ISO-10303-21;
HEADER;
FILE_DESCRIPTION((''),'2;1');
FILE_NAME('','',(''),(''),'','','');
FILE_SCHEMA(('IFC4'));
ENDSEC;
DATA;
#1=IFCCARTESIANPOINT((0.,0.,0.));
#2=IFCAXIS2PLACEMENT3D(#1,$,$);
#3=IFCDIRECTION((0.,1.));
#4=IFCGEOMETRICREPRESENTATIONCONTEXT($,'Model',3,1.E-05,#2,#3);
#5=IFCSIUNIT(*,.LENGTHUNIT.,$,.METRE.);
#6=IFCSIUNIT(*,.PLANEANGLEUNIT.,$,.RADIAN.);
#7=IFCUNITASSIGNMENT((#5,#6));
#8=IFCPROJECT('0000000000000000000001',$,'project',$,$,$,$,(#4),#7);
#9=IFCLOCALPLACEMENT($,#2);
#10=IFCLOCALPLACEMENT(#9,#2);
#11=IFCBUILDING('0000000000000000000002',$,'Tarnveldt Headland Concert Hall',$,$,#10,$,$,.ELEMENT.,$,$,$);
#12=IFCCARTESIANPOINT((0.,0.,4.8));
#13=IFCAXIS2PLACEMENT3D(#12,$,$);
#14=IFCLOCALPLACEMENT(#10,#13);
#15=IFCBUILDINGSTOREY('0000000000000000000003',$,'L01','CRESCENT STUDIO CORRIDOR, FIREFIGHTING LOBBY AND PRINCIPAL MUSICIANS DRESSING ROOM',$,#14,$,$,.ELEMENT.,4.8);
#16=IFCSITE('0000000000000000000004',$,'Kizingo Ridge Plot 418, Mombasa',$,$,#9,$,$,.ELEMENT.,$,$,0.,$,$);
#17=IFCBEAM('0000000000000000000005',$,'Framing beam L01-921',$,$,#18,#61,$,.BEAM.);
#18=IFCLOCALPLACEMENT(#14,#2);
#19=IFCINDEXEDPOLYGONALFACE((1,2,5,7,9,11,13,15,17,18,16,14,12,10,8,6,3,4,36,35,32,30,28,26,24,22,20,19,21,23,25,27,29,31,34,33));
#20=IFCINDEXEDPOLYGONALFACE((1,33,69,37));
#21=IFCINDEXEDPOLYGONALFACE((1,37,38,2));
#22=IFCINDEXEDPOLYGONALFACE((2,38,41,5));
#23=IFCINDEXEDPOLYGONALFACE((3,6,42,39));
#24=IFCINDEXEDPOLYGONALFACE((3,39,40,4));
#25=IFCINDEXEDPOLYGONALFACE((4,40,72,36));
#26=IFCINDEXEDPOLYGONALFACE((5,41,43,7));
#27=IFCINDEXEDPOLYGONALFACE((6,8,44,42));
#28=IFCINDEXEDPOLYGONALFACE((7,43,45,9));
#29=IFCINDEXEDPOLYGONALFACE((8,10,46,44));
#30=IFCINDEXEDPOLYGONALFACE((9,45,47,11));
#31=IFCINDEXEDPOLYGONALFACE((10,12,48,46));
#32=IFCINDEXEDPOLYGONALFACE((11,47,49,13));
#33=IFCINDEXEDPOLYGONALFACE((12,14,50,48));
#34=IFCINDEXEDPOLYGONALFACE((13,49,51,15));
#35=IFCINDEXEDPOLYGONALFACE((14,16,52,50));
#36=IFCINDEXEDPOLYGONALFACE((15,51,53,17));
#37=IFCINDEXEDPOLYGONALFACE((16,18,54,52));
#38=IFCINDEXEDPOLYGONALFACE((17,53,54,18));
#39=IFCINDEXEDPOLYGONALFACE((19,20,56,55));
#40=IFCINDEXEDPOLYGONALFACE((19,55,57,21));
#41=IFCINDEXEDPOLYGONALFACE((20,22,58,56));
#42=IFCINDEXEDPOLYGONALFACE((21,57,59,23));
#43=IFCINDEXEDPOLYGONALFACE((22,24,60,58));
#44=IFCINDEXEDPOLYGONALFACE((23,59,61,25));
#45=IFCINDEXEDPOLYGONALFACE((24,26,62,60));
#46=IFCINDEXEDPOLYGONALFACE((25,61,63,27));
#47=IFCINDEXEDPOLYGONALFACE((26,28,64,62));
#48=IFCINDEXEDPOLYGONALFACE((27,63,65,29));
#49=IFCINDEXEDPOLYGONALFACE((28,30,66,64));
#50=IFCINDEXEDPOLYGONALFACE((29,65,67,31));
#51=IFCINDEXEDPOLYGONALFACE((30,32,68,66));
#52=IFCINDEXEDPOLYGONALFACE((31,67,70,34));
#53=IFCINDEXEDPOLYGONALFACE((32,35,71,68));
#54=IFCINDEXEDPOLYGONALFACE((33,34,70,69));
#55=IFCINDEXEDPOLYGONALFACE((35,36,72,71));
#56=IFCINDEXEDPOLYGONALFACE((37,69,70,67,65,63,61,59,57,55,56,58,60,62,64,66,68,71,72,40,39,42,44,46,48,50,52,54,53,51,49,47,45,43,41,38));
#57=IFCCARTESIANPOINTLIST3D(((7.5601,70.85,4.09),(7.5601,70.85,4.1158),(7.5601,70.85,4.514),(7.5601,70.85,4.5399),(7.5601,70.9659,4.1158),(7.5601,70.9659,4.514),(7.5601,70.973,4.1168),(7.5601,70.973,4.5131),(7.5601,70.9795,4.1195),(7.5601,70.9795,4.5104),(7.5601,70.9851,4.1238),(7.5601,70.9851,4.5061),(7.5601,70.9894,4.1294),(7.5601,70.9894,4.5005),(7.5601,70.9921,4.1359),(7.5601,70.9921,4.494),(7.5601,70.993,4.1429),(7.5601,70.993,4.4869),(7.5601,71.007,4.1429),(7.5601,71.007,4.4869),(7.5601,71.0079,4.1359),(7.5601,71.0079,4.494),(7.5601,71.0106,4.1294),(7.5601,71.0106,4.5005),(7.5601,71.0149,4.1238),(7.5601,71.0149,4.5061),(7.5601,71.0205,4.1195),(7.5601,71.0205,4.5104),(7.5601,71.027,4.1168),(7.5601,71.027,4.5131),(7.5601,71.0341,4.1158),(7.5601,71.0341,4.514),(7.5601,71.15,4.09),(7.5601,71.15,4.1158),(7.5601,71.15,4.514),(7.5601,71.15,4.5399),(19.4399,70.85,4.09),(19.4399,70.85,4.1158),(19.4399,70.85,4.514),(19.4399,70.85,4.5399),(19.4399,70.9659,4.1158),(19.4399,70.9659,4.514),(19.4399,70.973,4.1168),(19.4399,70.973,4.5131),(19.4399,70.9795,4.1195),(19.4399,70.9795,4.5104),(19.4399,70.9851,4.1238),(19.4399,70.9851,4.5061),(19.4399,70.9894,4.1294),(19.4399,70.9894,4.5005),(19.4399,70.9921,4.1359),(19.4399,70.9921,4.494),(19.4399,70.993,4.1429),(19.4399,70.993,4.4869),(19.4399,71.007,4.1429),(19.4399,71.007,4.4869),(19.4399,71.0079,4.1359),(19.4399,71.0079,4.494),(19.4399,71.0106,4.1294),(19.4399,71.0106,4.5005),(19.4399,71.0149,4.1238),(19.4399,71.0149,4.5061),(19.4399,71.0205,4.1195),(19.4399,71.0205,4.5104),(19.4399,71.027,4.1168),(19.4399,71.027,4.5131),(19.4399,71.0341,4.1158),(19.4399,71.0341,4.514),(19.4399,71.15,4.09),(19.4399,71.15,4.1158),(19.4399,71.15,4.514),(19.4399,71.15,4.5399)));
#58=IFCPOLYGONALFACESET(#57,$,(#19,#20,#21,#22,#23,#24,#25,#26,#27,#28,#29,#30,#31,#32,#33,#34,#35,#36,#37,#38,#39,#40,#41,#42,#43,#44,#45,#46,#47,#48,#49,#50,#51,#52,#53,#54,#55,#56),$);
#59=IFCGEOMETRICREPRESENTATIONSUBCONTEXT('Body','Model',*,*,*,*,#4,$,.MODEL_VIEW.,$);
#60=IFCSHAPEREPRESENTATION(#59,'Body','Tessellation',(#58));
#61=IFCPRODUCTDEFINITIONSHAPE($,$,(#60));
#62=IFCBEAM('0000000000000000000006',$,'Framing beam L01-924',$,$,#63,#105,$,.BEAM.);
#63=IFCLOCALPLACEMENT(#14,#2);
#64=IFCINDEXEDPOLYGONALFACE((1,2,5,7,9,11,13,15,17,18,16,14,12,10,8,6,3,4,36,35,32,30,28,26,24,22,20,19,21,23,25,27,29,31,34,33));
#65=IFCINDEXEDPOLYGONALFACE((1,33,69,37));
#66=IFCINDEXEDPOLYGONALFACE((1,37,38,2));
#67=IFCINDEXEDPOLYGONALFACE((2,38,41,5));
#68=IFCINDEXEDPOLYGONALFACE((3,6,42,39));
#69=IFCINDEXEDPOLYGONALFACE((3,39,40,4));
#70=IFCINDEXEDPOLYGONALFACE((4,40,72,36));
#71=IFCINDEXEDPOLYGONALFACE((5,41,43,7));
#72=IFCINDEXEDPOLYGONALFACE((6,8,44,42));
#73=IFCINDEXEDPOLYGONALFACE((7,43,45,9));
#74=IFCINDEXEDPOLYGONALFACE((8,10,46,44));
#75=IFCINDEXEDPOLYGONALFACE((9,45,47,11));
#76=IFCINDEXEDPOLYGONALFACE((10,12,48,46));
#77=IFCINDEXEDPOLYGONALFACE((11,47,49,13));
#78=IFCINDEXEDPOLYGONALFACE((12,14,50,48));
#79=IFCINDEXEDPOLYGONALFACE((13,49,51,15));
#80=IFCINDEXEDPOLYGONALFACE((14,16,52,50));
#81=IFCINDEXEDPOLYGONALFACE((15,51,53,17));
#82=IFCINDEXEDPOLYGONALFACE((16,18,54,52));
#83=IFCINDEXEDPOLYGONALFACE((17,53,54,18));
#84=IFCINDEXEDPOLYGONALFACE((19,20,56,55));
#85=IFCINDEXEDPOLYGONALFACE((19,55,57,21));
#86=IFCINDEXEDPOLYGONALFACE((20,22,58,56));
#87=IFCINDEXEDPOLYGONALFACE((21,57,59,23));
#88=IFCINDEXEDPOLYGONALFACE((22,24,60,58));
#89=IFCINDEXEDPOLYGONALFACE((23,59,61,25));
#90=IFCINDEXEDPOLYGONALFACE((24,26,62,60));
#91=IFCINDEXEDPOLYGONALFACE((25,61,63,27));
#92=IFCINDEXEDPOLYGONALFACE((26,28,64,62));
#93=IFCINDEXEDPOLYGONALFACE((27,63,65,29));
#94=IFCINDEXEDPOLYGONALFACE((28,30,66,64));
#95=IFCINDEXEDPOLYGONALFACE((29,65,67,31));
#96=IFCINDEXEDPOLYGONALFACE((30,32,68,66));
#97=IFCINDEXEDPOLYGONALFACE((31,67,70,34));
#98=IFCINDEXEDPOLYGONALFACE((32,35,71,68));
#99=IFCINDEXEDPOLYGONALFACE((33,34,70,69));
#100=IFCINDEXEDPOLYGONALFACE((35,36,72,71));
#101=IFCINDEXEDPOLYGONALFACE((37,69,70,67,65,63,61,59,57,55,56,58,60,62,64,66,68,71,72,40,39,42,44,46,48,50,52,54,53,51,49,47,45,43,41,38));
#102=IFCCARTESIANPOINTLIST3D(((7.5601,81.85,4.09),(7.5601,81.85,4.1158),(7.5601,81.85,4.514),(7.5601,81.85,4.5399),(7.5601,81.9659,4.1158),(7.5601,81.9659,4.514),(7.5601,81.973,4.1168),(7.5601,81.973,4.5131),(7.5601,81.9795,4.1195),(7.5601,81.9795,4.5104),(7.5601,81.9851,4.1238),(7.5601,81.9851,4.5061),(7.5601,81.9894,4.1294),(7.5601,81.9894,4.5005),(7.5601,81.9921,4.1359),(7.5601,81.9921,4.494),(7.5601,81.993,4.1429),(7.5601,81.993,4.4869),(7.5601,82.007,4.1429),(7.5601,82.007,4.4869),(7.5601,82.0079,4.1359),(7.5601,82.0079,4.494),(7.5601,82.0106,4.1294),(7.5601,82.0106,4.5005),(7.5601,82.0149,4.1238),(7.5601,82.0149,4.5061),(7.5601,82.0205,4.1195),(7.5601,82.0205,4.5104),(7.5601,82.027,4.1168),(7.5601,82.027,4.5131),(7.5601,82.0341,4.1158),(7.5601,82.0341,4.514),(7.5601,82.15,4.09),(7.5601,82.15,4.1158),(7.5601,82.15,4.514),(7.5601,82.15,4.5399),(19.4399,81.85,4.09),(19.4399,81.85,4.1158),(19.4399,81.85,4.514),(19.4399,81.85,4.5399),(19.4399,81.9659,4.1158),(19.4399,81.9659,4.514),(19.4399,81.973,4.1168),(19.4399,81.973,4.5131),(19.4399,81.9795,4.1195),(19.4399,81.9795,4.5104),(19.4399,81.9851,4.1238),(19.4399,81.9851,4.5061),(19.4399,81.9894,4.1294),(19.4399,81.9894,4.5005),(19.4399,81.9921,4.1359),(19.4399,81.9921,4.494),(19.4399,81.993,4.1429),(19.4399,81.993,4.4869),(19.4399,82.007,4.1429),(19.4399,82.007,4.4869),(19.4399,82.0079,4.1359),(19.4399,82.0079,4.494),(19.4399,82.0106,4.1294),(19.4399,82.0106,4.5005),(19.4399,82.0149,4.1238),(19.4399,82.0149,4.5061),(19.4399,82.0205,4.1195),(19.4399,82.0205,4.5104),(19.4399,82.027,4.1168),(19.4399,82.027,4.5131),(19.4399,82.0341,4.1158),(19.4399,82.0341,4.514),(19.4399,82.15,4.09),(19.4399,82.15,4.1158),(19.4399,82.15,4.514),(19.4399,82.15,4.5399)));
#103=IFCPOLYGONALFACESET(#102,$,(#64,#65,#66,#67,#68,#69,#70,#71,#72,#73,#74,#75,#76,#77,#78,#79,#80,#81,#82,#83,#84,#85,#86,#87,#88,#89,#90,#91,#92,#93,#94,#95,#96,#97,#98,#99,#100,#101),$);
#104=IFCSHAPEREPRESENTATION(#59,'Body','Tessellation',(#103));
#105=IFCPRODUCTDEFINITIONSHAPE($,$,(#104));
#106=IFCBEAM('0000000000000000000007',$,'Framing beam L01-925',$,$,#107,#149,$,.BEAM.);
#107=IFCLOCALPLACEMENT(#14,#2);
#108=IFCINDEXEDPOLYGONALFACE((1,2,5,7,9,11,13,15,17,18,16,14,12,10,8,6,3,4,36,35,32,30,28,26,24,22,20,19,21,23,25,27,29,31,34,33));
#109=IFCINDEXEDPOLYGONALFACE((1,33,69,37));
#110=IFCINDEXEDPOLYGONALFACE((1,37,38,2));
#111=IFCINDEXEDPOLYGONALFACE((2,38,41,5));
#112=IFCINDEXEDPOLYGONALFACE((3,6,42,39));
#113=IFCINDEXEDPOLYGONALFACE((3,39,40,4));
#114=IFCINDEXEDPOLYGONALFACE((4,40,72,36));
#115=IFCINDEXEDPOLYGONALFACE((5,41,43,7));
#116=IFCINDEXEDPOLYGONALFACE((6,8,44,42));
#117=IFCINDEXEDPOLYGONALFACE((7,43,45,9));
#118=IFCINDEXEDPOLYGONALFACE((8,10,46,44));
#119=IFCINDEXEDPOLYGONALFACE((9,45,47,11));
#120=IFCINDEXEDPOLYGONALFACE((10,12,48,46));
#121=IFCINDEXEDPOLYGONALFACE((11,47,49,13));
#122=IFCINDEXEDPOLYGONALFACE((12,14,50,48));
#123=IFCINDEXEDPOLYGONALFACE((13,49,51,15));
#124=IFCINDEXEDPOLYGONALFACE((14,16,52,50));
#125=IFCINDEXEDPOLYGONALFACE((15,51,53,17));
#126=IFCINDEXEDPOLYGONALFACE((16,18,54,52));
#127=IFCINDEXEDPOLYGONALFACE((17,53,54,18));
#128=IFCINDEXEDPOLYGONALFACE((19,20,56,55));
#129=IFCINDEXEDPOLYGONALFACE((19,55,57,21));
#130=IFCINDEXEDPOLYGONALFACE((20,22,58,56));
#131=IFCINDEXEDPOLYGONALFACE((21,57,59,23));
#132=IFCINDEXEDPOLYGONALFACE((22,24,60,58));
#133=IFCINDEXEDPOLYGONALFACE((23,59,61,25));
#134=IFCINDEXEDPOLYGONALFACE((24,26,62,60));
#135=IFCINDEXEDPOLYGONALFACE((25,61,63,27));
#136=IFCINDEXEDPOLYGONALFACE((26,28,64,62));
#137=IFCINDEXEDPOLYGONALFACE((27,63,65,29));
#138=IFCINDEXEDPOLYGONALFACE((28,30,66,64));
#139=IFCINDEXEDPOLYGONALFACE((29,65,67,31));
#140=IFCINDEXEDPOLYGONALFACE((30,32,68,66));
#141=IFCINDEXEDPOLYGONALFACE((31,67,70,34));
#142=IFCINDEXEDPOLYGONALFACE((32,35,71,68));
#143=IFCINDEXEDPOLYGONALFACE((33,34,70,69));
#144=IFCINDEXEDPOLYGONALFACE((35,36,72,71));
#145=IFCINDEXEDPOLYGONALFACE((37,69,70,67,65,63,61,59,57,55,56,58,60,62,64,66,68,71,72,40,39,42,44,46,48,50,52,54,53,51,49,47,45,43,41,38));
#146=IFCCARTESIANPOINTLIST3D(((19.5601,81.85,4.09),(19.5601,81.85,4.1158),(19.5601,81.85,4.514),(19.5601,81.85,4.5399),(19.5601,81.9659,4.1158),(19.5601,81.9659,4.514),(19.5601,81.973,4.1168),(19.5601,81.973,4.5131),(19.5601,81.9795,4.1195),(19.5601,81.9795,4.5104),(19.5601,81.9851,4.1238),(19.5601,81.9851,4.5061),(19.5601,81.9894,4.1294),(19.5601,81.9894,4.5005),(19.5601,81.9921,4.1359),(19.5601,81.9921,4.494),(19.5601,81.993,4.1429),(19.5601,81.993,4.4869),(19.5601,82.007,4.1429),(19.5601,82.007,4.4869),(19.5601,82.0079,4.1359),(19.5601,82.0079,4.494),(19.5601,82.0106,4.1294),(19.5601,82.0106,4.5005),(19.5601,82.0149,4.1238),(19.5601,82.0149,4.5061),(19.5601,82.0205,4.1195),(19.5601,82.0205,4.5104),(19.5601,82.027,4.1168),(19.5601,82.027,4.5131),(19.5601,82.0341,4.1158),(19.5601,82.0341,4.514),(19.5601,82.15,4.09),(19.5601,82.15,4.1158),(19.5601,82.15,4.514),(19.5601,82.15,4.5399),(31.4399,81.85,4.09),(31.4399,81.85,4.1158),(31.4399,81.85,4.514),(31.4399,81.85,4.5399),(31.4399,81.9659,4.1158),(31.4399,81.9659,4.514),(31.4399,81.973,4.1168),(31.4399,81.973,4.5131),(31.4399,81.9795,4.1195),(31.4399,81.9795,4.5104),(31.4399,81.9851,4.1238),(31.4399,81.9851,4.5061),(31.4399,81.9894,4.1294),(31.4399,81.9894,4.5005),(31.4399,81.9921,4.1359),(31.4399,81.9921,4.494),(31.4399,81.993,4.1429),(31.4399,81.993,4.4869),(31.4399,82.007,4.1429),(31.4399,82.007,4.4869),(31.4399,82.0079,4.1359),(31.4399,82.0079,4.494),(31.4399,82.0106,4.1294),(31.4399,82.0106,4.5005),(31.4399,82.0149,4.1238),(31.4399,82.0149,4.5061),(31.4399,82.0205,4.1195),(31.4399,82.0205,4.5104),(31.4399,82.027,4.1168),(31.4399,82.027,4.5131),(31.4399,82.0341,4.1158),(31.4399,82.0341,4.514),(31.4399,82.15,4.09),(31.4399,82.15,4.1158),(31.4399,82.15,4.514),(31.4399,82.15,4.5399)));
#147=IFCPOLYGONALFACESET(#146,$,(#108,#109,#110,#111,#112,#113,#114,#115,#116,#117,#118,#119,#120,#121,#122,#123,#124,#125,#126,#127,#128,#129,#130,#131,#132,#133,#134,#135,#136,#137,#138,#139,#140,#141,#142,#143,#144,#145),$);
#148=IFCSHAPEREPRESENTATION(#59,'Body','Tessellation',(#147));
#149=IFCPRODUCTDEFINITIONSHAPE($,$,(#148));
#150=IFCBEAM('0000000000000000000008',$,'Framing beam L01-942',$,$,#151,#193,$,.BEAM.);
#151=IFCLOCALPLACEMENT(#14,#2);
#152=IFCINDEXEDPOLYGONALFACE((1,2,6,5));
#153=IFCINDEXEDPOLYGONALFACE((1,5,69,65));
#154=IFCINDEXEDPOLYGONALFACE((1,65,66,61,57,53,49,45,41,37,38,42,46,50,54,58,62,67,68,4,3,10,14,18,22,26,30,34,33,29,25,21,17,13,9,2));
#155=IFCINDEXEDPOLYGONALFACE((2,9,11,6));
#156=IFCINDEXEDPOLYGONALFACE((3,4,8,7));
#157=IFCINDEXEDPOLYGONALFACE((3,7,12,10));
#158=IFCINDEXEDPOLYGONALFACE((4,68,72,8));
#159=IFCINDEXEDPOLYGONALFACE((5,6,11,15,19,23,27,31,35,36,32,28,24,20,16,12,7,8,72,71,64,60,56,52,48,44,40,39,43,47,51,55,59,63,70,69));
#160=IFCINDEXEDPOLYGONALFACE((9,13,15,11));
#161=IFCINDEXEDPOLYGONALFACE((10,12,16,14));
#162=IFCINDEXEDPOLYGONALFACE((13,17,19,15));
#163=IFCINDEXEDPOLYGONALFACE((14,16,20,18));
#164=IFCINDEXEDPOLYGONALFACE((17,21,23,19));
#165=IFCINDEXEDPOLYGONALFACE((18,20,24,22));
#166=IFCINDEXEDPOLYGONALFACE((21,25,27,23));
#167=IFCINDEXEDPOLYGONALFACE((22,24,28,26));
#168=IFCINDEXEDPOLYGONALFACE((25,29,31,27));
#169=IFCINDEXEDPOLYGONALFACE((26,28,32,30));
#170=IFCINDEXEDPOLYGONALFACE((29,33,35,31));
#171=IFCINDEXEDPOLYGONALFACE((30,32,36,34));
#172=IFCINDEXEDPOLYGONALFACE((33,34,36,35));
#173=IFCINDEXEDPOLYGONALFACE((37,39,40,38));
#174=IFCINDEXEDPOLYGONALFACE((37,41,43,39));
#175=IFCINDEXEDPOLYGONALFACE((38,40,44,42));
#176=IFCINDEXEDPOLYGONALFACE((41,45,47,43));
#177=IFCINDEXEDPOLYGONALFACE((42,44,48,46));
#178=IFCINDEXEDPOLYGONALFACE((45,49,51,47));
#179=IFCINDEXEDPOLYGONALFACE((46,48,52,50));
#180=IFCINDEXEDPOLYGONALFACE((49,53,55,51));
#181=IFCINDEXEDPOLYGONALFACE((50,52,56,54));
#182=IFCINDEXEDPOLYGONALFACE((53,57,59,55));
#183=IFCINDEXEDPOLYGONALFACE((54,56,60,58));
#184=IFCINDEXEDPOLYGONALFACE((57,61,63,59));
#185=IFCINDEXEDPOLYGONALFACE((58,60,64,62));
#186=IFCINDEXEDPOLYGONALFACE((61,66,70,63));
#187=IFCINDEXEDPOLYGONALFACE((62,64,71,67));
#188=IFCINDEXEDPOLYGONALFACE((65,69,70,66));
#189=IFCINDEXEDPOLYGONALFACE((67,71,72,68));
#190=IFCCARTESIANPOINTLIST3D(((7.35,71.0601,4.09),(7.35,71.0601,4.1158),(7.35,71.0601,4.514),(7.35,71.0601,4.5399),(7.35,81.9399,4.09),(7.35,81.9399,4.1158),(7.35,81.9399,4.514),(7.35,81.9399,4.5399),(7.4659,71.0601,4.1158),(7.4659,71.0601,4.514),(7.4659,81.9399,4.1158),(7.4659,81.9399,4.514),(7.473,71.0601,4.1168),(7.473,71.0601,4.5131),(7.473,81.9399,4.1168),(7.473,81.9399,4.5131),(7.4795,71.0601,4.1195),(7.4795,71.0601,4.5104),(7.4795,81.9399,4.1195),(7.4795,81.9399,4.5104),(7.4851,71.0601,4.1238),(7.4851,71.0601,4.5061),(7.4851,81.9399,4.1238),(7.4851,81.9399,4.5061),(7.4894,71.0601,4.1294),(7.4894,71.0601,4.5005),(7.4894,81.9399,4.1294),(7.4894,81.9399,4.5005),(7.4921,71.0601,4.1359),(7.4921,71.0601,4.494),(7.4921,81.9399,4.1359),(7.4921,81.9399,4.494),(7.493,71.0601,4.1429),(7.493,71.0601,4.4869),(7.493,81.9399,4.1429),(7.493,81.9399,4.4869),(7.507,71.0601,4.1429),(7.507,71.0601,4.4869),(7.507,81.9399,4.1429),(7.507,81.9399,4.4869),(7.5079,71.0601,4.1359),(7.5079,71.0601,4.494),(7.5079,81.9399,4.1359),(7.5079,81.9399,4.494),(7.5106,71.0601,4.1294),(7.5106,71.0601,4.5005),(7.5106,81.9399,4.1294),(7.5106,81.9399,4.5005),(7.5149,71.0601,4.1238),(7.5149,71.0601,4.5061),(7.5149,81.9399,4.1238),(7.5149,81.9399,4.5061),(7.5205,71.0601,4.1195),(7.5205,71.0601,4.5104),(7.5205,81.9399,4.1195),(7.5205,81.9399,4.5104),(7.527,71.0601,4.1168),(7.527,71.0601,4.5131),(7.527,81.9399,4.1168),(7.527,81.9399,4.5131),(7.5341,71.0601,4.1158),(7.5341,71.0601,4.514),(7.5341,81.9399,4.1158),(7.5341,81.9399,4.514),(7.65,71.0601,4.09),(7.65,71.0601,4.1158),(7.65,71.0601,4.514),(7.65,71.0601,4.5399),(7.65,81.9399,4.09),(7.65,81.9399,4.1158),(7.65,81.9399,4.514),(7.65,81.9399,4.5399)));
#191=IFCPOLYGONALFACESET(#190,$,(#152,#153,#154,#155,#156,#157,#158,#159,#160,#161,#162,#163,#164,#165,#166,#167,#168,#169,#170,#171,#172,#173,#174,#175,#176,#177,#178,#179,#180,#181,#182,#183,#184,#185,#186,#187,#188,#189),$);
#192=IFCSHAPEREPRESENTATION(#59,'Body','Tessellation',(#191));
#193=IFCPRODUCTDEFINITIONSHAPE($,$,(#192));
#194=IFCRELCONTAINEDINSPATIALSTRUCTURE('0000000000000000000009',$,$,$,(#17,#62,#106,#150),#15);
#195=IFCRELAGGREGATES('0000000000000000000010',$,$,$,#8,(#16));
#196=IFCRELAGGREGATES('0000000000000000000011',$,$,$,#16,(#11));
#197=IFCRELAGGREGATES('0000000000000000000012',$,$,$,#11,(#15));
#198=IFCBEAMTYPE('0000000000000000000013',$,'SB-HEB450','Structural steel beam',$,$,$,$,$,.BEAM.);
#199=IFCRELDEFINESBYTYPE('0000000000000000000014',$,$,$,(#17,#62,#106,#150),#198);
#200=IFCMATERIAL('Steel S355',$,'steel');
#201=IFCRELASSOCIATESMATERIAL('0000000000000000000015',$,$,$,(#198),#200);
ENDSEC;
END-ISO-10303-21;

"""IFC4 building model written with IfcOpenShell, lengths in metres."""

from ifc_helpers import new_model, si_unit, direction, frame, origin, origin_2d, place, context, subcontext, project, spatial, i_section, extrude, material, material_profile, profile_set, type_object, element, save


model = new_model("IFC4")

# Units and contexts
model_context = context("Model", 3, precision=1e-05, world=origin(), true_north=direction((0.0, 1.0)))
body_context = subcontext(model_context, "Body", "Model", "MODEL_VIEW")
ifc_project = project(units=[si_unit("LENGTHUNIT", "METRE"), si_unit("PLANEANGLEUNIT", "RADIAN")], contexts=[model_context])

# Site, building, storey
site_placement = place(None, origin())
site = spatial("IfcSite", under=ifc_project, at=site_placement, Name="Kizingo Ridge Plot 418, Mombasa", CompositionType="ELEMENT", RefElevation=0.0)
building_placement = place(site_placement, origin())
building = spatial("IfcBuilding", under=site, at=building_placement, Name="Tarnveldt Headland Concert Hall", CompositionType="ELEMENT")
storey_placement = place(building_placement, frame((0.0, 0.0, 4.8)))
storey = spatial("IfcBuildingStorey", under=building, at=storey_placement, Name="L01", Description="CRESCENT STUDIO CORRIDOR, FIREFIGHTING LOBBY AND PRINCIPAL MUSICIANS DRESSING ROOM", CompositionType="ELEMENT", Elevation=4.8)

# Shared definitions
ifc_material_1 = material(Name="Steel S355", Category="steel")

# Beams
ifc_material_profile_1 = material_profile(ifc_material_1, i_section(OverallWidth=0.3, OverallDepth=0.45, WebThickness=0.0139, FlangeThickness=0.0259, FilletRadius=0.0271, at=origin_2d()), Name="HEB450", Category="steel")
ifc_profile_set_1 = profile_set([ifc_material_profile_1], Name="Steel S355")
beam_type_1 = type_object("IfcBeamType", Name="SB-HEB450", Description="Structural steel beam", PredefinedType="BEAM", material=ifc_profile_set_1)
for number, where, z_axis, x_axis, name in (
    (1, (7.5601, 71.0, 4.3149), (1.0, 0.0, 0.0), (0.0, 1.0, 0.0), "Framing beam L01-921"),
    (2, (7.5601, 82.0, 4.3149), (1.0, 0.0, 0.0), (0.0, 1.0, 0.0), "Framing beam L01-924"),
    (3, (19.5601, 82.0, 4.3149), (1.0, 0.0, 0.0), (0.0, 1.0, 0.0), "Framing beam L01-925"),
):
    element("IfcBeam", number, at=place(storey_placement, frame(where, z_axis=z_axis, x_axis=x_axis)), inside=storey, type_object=beam_type_1, Name=name, PredefinedType="BEAM", context=body_context, shape_type="SweptSolid", body=[
        extrude(i_section(OverallWidth=0.3, OverallDepth=0.45, WebThickness=0.0139, FlangeThickness=0.0259, FilletRadius=0.0271, at=origin_2d()), origin(), (0.0, 0.0, 1.0), 11.8799),
    ])
for number, where, z_axis, x_axis, name in (
    (4, (7.5, 71.0601, 4.3149), (0.0, 1.0, 0.0), (-1.0, 0.0, 0.0), "Framing beam L01-942"),
):
    element("IfcBeam", number, at=place(storey_placement, frame(where, z_axis=z_axis, x_axis=x_axis)), inside=storey, type_object=beam_type_1, Name=name, PredefinedType="BEAM", context=body_context, shape_type="SweptSolid", body=[
        extrude(i_section(OverallWidth=0.3, OverallDepth=0.45, WebThickness=0.0139, FlangeThickness=0.0259, FilletRadius=0.0271, at=origin_2d()), origin(), (0.0, 0.0, 1.0), 10.8799),
    ])

save(model, "model.ifc")
